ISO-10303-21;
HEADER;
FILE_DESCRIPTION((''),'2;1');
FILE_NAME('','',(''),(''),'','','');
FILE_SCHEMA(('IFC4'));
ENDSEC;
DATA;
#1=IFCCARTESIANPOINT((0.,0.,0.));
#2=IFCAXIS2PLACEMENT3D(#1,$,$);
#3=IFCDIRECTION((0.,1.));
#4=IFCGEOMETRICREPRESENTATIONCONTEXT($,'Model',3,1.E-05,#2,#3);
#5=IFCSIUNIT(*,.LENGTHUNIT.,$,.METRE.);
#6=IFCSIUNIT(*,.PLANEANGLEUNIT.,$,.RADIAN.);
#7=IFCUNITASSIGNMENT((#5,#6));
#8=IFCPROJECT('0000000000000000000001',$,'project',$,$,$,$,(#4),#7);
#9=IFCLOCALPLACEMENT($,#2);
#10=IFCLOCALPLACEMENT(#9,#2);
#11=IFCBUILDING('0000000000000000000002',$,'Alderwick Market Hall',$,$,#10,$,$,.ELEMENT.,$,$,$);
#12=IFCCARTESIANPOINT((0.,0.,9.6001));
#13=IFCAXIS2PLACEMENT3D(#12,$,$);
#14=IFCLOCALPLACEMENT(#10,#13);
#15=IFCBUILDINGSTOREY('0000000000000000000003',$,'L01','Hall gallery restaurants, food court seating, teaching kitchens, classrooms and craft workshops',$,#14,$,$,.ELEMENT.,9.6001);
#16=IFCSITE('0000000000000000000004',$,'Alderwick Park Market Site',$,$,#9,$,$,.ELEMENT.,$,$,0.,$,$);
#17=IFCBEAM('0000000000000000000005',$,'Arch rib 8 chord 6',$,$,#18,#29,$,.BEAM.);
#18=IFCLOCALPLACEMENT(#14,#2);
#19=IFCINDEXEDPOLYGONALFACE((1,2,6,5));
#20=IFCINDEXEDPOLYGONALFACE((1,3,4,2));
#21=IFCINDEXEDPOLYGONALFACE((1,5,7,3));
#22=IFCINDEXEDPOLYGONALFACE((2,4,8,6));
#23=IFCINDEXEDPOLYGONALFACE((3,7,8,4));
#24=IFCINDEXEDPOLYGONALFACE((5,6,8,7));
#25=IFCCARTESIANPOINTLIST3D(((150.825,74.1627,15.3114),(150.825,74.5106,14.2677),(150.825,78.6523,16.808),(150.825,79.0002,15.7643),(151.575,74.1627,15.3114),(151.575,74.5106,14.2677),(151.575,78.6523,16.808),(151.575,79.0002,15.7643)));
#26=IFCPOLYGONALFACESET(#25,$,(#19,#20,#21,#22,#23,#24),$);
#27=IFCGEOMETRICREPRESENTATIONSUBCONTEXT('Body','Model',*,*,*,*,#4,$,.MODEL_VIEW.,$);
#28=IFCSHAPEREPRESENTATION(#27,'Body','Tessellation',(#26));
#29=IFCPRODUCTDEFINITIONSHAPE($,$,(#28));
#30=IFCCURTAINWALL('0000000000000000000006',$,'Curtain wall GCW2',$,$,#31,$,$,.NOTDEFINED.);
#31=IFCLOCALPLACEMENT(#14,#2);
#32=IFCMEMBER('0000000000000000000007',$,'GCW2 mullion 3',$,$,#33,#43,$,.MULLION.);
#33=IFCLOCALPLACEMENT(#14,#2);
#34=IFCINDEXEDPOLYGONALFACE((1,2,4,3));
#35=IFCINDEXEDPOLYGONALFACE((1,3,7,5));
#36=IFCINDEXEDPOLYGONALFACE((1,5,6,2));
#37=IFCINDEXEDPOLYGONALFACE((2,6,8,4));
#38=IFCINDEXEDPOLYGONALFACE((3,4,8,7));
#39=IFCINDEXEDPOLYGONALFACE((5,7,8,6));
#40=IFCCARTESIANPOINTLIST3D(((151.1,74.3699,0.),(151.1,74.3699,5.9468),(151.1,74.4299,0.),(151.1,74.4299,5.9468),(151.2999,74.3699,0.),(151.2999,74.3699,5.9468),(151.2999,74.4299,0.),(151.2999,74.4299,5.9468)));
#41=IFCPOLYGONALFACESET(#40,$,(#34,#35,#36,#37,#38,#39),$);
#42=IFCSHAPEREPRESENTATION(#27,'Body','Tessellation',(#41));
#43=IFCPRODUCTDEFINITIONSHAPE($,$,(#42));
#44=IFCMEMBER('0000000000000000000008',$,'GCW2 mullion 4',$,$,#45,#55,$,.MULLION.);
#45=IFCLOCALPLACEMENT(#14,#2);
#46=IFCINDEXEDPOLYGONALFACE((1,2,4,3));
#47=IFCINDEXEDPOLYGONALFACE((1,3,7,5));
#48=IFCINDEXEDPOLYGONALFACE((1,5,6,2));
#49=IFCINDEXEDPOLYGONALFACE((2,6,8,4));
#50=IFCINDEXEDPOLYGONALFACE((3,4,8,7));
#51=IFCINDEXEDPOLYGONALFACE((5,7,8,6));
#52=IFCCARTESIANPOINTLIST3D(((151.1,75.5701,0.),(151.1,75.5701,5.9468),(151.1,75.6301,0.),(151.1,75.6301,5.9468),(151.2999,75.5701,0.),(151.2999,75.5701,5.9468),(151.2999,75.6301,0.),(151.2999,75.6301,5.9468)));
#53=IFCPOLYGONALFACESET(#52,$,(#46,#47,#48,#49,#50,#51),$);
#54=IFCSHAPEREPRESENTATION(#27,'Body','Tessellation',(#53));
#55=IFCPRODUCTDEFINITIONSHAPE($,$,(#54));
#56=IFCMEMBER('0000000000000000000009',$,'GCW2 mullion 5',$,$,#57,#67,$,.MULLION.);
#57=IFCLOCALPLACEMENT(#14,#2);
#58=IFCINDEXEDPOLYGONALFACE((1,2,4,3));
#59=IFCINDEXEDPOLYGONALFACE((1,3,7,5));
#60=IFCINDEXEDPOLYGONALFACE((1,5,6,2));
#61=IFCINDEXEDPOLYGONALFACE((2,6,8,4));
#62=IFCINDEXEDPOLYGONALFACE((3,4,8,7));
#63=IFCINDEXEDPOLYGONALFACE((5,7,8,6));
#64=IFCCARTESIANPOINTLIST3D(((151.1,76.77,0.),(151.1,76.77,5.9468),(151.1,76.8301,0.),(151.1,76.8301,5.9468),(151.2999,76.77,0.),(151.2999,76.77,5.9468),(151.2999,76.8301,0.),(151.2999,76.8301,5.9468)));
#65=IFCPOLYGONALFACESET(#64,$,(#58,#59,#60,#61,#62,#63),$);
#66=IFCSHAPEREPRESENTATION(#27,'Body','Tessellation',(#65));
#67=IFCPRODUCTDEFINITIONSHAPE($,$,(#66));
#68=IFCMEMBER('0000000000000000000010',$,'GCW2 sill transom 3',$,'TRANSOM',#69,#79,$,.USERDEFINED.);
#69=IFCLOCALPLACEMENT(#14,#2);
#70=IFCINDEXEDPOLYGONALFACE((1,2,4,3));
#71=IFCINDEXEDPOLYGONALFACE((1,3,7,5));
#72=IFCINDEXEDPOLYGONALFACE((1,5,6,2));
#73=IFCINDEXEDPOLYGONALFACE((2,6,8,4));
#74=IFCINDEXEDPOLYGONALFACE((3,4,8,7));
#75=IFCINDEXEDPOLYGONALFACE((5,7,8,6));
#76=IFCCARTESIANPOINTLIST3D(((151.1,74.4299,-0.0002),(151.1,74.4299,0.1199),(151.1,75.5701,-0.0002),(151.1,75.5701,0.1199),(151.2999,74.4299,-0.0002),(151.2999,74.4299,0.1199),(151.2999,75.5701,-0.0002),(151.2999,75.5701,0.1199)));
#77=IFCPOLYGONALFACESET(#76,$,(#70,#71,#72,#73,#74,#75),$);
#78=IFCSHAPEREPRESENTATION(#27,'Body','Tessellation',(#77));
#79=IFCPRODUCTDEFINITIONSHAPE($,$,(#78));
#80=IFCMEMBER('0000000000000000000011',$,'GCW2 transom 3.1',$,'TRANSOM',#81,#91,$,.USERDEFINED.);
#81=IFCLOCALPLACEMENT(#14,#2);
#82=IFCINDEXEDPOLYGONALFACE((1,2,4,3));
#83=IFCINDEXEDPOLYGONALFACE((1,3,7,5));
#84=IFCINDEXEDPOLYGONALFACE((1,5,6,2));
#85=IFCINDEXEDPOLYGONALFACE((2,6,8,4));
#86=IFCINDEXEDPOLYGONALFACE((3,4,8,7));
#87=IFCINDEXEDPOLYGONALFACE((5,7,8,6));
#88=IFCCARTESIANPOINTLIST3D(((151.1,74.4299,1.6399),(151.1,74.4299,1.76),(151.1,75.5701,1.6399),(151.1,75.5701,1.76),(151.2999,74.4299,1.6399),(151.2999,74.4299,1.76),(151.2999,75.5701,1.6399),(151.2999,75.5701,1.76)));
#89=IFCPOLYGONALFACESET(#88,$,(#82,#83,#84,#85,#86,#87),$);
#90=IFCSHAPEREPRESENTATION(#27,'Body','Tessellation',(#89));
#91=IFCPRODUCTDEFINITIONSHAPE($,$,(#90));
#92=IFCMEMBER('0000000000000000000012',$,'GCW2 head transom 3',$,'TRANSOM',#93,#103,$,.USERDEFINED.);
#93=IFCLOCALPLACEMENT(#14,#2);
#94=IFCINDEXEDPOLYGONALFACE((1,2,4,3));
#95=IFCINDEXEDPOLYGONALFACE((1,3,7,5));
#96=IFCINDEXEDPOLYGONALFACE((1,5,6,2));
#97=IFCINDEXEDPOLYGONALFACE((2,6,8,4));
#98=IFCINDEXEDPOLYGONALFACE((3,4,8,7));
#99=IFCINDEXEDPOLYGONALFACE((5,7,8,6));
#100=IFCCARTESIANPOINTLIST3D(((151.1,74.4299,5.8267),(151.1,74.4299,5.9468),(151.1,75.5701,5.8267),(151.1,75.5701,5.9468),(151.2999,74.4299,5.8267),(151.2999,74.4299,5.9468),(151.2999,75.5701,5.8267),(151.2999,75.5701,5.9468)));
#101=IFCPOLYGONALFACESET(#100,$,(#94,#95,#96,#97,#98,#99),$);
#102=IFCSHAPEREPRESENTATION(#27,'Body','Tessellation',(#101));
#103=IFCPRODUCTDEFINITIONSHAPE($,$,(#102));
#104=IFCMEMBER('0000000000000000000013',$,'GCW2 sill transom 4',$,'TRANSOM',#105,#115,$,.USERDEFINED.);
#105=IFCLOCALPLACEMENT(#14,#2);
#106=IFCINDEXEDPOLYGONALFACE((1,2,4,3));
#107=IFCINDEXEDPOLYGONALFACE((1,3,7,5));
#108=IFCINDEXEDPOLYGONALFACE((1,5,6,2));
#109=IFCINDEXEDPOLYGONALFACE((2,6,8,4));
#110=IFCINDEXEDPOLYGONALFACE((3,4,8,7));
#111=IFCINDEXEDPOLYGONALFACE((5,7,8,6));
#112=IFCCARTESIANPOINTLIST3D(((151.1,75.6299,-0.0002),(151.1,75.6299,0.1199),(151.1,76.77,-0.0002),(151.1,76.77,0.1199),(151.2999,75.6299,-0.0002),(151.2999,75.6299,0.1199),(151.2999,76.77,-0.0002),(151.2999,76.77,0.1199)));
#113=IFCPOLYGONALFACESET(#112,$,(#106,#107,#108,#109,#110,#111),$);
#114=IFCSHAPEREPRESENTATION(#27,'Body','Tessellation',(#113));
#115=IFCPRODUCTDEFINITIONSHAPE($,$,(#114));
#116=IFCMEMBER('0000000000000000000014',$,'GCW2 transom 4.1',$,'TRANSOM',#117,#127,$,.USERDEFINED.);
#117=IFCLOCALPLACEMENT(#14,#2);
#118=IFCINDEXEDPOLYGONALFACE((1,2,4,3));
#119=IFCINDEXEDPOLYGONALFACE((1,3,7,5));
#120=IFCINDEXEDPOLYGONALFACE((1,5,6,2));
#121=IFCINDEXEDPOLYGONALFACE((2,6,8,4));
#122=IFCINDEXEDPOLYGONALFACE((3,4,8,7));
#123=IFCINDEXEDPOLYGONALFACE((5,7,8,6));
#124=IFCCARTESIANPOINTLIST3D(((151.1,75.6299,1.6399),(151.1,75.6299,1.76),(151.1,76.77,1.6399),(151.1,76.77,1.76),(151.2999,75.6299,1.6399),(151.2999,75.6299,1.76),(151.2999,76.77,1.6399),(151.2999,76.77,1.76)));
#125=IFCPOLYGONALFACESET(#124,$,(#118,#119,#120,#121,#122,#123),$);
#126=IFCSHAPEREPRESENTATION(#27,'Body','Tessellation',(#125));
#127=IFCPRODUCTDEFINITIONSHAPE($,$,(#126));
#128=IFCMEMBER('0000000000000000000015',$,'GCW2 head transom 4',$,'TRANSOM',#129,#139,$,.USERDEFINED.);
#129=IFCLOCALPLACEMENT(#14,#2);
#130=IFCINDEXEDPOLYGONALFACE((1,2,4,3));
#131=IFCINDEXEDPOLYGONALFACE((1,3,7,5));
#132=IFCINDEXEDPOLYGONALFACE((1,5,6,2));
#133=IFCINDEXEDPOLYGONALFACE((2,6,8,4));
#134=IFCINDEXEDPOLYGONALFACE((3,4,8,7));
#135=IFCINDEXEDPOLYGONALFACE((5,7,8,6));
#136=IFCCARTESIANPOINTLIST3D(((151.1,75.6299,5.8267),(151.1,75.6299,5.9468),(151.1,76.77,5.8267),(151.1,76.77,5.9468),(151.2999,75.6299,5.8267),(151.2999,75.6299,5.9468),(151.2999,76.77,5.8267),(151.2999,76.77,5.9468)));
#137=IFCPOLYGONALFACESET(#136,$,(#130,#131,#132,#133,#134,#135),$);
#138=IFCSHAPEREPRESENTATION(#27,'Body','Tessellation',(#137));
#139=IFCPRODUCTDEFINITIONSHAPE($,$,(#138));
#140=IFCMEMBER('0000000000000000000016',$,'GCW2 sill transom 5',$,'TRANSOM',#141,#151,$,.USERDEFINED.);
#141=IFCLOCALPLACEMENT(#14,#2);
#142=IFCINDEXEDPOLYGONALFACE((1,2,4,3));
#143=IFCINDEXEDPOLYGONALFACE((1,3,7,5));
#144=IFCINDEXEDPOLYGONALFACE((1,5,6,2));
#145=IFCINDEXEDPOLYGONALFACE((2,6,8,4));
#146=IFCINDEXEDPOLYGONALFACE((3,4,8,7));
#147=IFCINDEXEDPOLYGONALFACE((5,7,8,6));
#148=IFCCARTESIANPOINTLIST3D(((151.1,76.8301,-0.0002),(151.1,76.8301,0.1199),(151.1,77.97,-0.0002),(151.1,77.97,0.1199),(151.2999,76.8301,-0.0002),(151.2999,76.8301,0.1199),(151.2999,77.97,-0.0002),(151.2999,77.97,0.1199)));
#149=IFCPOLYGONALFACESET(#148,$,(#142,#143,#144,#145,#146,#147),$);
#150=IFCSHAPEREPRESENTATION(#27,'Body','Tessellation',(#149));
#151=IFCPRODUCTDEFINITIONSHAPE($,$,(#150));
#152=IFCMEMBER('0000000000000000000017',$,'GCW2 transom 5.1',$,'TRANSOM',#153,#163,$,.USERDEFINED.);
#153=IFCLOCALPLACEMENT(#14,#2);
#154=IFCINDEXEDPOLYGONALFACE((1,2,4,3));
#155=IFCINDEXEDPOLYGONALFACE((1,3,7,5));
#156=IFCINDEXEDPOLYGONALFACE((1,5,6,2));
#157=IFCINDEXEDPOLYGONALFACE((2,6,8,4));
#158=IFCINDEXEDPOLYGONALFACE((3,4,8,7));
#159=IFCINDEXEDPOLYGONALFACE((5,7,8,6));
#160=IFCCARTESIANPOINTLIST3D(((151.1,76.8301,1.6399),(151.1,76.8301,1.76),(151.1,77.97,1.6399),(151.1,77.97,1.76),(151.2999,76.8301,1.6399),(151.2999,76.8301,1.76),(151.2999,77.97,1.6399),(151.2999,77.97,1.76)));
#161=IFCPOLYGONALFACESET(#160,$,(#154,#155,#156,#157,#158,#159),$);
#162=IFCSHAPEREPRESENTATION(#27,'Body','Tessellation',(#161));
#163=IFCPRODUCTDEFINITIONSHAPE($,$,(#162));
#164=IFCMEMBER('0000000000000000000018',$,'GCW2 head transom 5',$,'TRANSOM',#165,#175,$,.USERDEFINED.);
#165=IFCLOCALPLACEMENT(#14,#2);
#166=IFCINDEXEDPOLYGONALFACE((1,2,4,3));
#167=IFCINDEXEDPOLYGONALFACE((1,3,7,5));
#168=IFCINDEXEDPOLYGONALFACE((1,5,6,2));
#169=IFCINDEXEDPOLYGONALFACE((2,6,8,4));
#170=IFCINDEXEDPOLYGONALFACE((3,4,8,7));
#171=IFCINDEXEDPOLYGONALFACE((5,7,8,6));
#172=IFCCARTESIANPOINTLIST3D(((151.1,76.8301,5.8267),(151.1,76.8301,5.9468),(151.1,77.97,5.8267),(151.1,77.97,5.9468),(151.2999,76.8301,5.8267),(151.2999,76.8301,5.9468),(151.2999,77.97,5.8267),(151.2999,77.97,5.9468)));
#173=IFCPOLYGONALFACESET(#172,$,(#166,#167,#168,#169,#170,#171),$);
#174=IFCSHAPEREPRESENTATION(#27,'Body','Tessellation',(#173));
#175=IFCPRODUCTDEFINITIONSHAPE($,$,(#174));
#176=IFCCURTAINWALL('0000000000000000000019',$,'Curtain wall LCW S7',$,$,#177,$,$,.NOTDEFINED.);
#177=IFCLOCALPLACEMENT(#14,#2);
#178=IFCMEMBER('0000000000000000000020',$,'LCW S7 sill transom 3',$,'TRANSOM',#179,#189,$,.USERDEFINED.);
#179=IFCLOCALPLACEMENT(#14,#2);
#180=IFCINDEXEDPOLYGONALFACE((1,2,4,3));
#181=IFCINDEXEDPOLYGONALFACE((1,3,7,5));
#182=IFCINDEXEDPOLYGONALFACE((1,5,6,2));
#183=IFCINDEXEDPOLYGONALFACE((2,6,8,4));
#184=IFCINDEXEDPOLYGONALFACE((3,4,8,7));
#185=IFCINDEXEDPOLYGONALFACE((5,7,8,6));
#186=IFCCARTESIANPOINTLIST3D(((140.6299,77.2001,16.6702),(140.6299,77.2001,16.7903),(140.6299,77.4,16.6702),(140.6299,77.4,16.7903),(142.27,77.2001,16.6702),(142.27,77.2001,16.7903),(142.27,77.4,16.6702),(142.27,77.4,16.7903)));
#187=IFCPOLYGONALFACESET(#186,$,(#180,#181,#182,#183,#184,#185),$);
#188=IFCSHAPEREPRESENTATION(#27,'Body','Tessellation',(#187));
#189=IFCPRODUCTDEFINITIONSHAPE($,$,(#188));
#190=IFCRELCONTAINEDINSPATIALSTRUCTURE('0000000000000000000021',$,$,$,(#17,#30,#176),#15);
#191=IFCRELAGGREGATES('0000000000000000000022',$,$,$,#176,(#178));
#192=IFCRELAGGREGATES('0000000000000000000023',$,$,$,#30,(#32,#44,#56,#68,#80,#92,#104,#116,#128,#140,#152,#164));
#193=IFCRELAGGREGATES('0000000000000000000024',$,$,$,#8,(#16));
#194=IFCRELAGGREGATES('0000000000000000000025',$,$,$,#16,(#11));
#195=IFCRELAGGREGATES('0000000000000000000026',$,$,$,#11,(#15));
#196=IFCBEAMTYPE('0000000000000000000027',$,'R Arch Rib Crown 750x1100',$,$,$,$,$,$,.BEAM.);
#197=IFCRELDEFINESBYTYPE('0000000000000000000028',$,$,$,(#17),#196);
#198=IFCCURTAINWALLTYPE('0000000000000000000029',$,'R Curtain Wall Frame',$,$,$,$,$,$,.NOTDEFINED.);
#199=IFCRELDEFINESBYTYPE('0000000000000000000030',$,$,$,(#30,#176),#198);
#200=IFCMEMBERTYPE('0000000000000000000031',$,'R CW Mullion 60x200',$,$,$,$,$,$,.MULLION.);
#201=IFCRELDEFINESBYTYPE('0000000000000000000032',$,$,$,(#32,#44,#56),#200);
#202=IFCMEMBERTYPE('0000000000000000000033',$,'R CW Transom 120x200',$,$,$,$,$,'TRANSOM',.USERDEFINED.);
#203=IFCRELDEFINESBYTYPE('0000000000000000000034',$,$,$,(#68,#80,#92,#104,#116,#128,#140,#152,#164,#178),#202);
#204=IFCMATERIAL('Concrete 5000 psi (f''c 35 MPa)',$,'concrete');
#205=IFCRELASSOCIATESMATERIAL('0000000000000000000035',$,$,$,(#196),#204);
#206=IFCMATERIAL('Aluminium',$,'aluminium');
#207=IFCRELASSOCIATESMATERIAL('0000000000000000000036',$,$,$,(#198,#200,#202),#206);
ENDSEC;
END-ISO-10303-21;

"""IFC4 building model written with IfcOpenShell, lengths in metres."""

from ifc_helpers import new_model, si_unit, direction, frame, origin, origin_2d, place, context, subcontext, project, spatial, rectangle, extrude, material, material_profile, profile_set, type_object, element, aggregate, save


model = new_model("IFC4")

# Units and contexts
model_context = context("Model", 3, precision=1e-05, world=origin(), true_north=direction((0.0, 1.0)))
body_context = subcontext(model_context, "Body", "Model", "MODEL_VIEW")
ifc_project = project(units=[si_unit("LENGTHUNIT", "METRE"), si_unit("PLANEANGLEUNIT", "RADIAN")], contexts=[model_context])

# Site, building, storey
site_placement = place(None, origin())
site = spatial("IfcSite", under=ifc_project, at=site_placement, Name="Alderwick Park Market Site", CompositionType="ELEMENT", RefElevation=0.0)
building_placement = place(site_placement, origin())
building = spatial("IfcBuilding", under=site, at=building_placement, Name="Alderwick Market Hall", CompositionType="ELEMENT")
storey_placement = place(building_placement, frame((0.0, 0.0, 9.6001)))
storey = spatial("IfcBuildingStorey", under=building, at=storey_placement, Name="L01", Description="Hall gallery restaurants, food court seating, teaching kitchens, classrooms and craft workshops", CompositionType="ELEMENT", Elevation=9.6001)

# Beam
ifc_material_1 = material(Name="Concrete 5000 psi (f'c 35 MPa)", Category="concrete")
ifc_material_profile_1 = material_profile(ifc_material_1, rectangle(XDim=0.75, YDim=1.1001, at=origin_2d()), Name="RC 750x1100")
ifc_profile_set_1 = profile_set([ifc_material_profile_1], Name="Concrete 5000 psi (f'c 35 MPa)")
beam_type = type_object("IfcBeamType", Name="R Arch Rib Crown 750x1100", PredefinedType="BEAM", material=ifc_profile_set_1)
beam_placement = place(storey_placement, frame((151.2, 74.3367, 14.7896), z_axis=(0.0, 0.948678, 0.316243), x_axis=(-1.0, 0.0, 0.0)))
element("IfcBeam", 1, at=beam_placement, inside=storey, type_object=beam_type, Name="Arch rib 8 chord 6", PredefinedType="BEAM", context=body_context, shape_type="SweptSolid", body=[
    extrude(rectangle(XDim=0.75, YDim=1.1001, at=origin_2d()), origin(), (0.0, 0.0, 1.0), 4.7324),
])

# Curtain wall, members
ifc_material_2 = material(Name="Aluminium", Category="aluminium")
curtain_wall_type = type_object("IfcCurtainWallType", Name="R Curtain Wall Frame", PredefinedType="NOTDEFINED", material=ifc_material_2)
curtain_wall_1_placement = place(storey_placement, origin())
curtain_wall_1 = element("IfcCurtainWall", 2, at=curtain_wall_1_placement, inside=storey, type_object=curtain_wall_type, Name="Curtain wall GCW2", PredefinedType="NOTDEFINED")
ifc_material_profile_2 = material_profile(ifc_material_2, rectangle(XDim=0.2, YDim=0.0601, at=origin_2d()), Name="AL 60x200")
ifc_profile_set_2 = profile_set([ifc_material_profile_2], Name="Aluminium")
member_type_1 = type_object("IfcMemberType", Name="R CW Mullion 60x200", PredefinedType="MULLION", material=ifc_profile_set_2)
member_1_placement = place(storey_placement, frame((151.2, 74.3999, 0.0), z_axis=(0.0, 0.0, 1.0), x_axis=(1.0, 0.0, 0.0)))
member_1 = element("IfcMember", 3, at=member_1_placement, type_object=member_type_1, Name="GCW2 mullion 3", PredefinedType="MULLION", context=body_context, shape_type="SweptSolid", body=[
    extrude(rectangle(XDim=0.2, YDim=0.0601, at=origin_2d()), origin(), (0.0, 0.0, 1.0), 5.9468),
])
member_2_placement = place(storey_placement, frame((151.2, 75.6001, 0.0), z_axis=(0.0, 0.0, 1.0), x_axis=(1.0, 0.0, 0.0)))
member_2 = element("IfcMember", 4, at=member_2_placement, type_object=member_type_1, Name="GCW2 mullion 4", PredefinedType="MULLION", context=body_context, shape_type="SweptSolid", body=[
    extrude(rectangle(XDim=0.2, YDim=0.0601, at=origin_2d()), origin(), (0.0, 0.0, 1.0), 5.9468),
])
member_3_placement = place(storey_placement, frame((151.2, 76.8, 0.0), z_axis=(0.0, 0.0, 1.0), x_axis=(1.0, 0.0, 0.0)))
member_3 = element("IfcMember", 5, at=member_3_placement, type_object=member_type_1, Name="GCW2 mullion 5", PredefinedType="MULLION", context=body_context, shape_type="SweptSolid", body=[
    extrude(rectangle(XDim=0.2, YDim=0.0601, at=origin_2d()), origin(), (0.0, 0.0, 1.0), 5.9468),
])
ifc_material_profile_3 = material_profile(ifc_material_2, rectangle(XDim=0.2, YDim=0.1201, at=origin_2d()), Name="AL 120x200")
ifc_profile_set_3 = profile_set([ifc_material_profile_3], Name="Aluminium")
member_type_2 = type_object("IfcMemberType", Name="R CW Transom 120x200", ElementType="TRANSOM", PredefinedType="USERDEFINED", material=ifc_profile_set_3)
member_4_placement = place(storey_placement, frame((151.2, 74.4299, 0.0598), z_axis=(0.0, 1.0, 0.0), x_axis=(-1.0, 0.0, 0.0)))
member_4 = element("IfcMember", 6, at=member_4_placement, type_object=member_type_2, Name="GCW2 sill transom 3", ObjectType="TRANSOM", PredefinedType="USERDEFINED", context=body_context, shape_type="SweptSolid", body=[
    extrude(rectangle(XDim=0.2, YDim=0.1201, at=origin_2d()), origin(), (0.0, 0.0, 1.0), 1.1401),
])
member_5_placement = place(storey_placement, frame((151.2, 74.4299, 1.7), z_axis=(0.0, 1.0, 0.0), x_axis=(-1.0, 0.0, 0.0)))
member_5 = element("IfcMember", 7, at=member_5_placement, type_object=member_type_2, Name="GCW2 transom 3.1", ObjectType="TRANSOM", PredefinedType="USERDEFINED", context=body_context, shape_type="SweptSolid", body=[
    extrude(rectangle(XDim=0.2, YDim=0.1201, at=origin_2d()), origin(), (0.0, 0.0, 1.0), 1.1401),
])
member_6_placement = place(storey_placement, frame((151.2, 74.4299, 5.8867), z_axis=(0.0, 1.0, 0.0), x_axis=(-1.0, 0.0, 0.0)))
member_6 = element("IfcMember", 8, at=member_6_placement, type_object=member_type_2, Name="GCW2 head transom 3", ObjectType="TRANSOM", PredefinedType="USERDEFINED", context=body_context, shape_type="SweptSolid", body=[
    extrude(rectangle(XDim=0.2, YDim=0.1201, at=origin_2d()), origin(), (0.0, 0.0, 1.0), 1.1401),
])
member_7_placement = place(storey_placement, frame((151.2, 75.6299, 0.0598), z_axis=(0.0, 1.0, 0.0), x_axis=(-1.0, 0.0, 0.0)))
member_7 = element("IfcMember", 9, at=member_7_placement, type_object=member_type_2, Name="GCW2 sill transom 4", ObjectType="TRANSOM", PredefinedType="USERDEFINED", context=body_context, shape_type="SweptSolid", body=[
    extrude(rectangle(XDim=0.2, YDim=0.1201, at=origin_2d()), origin(), (0.0, 0.0, 1.0), 1.1401),
])
member_8_placement = place(storey_placement, frame((151.2, 75.6299, 1.7), z_axis=(0.0, 1.0, 0.0), x_axis=(-1.0, 0.0, 0.0)))
member_8 = element("IfcMember", 10, at=member_8_placement, type_object=member_type_2, Name="GCW2 transom 4.1", ObjectType="TRANSOM", PredefinedType="USERDEFINED", context=body_context, shape_type="SweptSolid", body=[
    extrude(rectangle(XDim=0.2, YDim=0.1201, at=origin_2d()), origin(), (0.0, 0.0, 1.0), 1.1401),
])
member_9_placement = place(storey_placement, frame((151.2, 75.6299, 5.8867), z_axis=(0.0, 1.0, 0.0), x_axis=(-1.0, 0.0, 0.0)))
member_9 = element("IfcMember", 11, at=member_9_placement, type_object=member_type_2, Name="GCW2 head transom 4", ObjectType="TRANSOM", PredefinedType="USERDEFINED", context=body_context, shape_type="SweptSolid", body=[
    extrude(rectangle(XDim=0.2, YDim=0.1201, at=origin_2d()), origin(), (0.0, 0.0, 1.0), 1.1401),
])
member_10_placement = place(storey_placement, frame((151.2, 76.8301, 0.0598), z_axis=(0.0, 1.0, 0.0), x_axis=(-1.0, 0.0, 0.0)))
member_10 = element("IfcMember", 12, at=member_10_placement, type_object=member_type_2, Name="GCW2 sill transom 5", ObjectType="TRANSOM", PredefinedType="USERDEFINED", context=body_context, shape_type="SweptSolid", body=[
    extrude(rectangle(XDim=0.2, YDim=0.1201, at=origin_2d()), origin(), (0.0, 0.0, 1.0), 1.1399),
])
member_11_placement = place(storey_placement, frame((151.2, 76.8301, 1.7), z_axis=(0.0, 1.0, 0.0), x_axis=(-1.0, 0.0, 0.0)))
member_11 = element("IfcMember", 13, at=member_11_placement, type_object=member_type_2, Name="GCW2 transom 5.1", ObjectType="TRANSOM", PredefinedType="USERDEFINED", context=body_context, shape_type="SweptSolid", body=[
    extrude(rectangle(XDim=0.2, YDim=0.1201, at=origin_2d()), origin(), (0.0, 0.0, 1.0), 1.1399),
])
member_12_placement = place(storey_placement, frame((151.2, 76.8301, 5.8867), z_axis=(0.0, 1.0, 0.0), x_axis=(-1.0, 0.0, 0.0)))
member_12 = element("IfcMember", 14, at=member_12_placement, type_object=member_type_2, Name="GCW2 head transom 5", ObjectType="TRANSOM", PredefinedType="USERDEFINED", context=body_context, shape_type="SweptSolid", body=[
    extrude(rectangle(XDim=0.2, YDim=0.1201, at=origin_2d()), origin(), (0.0, 0.0, 1.0), 1.1399),
])

# Curtain wall, member
curtain_wall_2_placement = place(storey_placement, origin())
curtain_wall_2 = element("IfcCurtainWall", 15, at=curtain_wall_2_placement, inside=storey, type_object=curtain_wall_type, Name="Curtain wall LCW S7", PredefinedType="NOTDEFINED")
member_13_placement = place(storey_placement, frame((140.6299, 77.3, 16.7302), z_axis=(1.0, 0.0, 0.0), x_axis=(0.0, 1.0, 0.0)))
member_13 = element("IfcMember", 16, at=member_13_placement, type_object=member_type_2, Name="LCW S7 sill transom 3", ObjectType="TRANSOM", PredefinedType="USERDEFINED", context=body_context, shape_type="SweptSolid", body=[
    extrude(rectangle(XDim=0.2, YDim=0.1201, at=origin_2d()), origin(), (0.0, 0.0, 1.0), 1.6401),
])
aggregate(curtain_wall_2, [member_13])

aggregate(curtain_wall_1, [member_1, member_2, member_3, member_4, member_5, member_6, member_7, member_8, member_9, member_10, member_11, member_12])

save(model, "model.ifc")
